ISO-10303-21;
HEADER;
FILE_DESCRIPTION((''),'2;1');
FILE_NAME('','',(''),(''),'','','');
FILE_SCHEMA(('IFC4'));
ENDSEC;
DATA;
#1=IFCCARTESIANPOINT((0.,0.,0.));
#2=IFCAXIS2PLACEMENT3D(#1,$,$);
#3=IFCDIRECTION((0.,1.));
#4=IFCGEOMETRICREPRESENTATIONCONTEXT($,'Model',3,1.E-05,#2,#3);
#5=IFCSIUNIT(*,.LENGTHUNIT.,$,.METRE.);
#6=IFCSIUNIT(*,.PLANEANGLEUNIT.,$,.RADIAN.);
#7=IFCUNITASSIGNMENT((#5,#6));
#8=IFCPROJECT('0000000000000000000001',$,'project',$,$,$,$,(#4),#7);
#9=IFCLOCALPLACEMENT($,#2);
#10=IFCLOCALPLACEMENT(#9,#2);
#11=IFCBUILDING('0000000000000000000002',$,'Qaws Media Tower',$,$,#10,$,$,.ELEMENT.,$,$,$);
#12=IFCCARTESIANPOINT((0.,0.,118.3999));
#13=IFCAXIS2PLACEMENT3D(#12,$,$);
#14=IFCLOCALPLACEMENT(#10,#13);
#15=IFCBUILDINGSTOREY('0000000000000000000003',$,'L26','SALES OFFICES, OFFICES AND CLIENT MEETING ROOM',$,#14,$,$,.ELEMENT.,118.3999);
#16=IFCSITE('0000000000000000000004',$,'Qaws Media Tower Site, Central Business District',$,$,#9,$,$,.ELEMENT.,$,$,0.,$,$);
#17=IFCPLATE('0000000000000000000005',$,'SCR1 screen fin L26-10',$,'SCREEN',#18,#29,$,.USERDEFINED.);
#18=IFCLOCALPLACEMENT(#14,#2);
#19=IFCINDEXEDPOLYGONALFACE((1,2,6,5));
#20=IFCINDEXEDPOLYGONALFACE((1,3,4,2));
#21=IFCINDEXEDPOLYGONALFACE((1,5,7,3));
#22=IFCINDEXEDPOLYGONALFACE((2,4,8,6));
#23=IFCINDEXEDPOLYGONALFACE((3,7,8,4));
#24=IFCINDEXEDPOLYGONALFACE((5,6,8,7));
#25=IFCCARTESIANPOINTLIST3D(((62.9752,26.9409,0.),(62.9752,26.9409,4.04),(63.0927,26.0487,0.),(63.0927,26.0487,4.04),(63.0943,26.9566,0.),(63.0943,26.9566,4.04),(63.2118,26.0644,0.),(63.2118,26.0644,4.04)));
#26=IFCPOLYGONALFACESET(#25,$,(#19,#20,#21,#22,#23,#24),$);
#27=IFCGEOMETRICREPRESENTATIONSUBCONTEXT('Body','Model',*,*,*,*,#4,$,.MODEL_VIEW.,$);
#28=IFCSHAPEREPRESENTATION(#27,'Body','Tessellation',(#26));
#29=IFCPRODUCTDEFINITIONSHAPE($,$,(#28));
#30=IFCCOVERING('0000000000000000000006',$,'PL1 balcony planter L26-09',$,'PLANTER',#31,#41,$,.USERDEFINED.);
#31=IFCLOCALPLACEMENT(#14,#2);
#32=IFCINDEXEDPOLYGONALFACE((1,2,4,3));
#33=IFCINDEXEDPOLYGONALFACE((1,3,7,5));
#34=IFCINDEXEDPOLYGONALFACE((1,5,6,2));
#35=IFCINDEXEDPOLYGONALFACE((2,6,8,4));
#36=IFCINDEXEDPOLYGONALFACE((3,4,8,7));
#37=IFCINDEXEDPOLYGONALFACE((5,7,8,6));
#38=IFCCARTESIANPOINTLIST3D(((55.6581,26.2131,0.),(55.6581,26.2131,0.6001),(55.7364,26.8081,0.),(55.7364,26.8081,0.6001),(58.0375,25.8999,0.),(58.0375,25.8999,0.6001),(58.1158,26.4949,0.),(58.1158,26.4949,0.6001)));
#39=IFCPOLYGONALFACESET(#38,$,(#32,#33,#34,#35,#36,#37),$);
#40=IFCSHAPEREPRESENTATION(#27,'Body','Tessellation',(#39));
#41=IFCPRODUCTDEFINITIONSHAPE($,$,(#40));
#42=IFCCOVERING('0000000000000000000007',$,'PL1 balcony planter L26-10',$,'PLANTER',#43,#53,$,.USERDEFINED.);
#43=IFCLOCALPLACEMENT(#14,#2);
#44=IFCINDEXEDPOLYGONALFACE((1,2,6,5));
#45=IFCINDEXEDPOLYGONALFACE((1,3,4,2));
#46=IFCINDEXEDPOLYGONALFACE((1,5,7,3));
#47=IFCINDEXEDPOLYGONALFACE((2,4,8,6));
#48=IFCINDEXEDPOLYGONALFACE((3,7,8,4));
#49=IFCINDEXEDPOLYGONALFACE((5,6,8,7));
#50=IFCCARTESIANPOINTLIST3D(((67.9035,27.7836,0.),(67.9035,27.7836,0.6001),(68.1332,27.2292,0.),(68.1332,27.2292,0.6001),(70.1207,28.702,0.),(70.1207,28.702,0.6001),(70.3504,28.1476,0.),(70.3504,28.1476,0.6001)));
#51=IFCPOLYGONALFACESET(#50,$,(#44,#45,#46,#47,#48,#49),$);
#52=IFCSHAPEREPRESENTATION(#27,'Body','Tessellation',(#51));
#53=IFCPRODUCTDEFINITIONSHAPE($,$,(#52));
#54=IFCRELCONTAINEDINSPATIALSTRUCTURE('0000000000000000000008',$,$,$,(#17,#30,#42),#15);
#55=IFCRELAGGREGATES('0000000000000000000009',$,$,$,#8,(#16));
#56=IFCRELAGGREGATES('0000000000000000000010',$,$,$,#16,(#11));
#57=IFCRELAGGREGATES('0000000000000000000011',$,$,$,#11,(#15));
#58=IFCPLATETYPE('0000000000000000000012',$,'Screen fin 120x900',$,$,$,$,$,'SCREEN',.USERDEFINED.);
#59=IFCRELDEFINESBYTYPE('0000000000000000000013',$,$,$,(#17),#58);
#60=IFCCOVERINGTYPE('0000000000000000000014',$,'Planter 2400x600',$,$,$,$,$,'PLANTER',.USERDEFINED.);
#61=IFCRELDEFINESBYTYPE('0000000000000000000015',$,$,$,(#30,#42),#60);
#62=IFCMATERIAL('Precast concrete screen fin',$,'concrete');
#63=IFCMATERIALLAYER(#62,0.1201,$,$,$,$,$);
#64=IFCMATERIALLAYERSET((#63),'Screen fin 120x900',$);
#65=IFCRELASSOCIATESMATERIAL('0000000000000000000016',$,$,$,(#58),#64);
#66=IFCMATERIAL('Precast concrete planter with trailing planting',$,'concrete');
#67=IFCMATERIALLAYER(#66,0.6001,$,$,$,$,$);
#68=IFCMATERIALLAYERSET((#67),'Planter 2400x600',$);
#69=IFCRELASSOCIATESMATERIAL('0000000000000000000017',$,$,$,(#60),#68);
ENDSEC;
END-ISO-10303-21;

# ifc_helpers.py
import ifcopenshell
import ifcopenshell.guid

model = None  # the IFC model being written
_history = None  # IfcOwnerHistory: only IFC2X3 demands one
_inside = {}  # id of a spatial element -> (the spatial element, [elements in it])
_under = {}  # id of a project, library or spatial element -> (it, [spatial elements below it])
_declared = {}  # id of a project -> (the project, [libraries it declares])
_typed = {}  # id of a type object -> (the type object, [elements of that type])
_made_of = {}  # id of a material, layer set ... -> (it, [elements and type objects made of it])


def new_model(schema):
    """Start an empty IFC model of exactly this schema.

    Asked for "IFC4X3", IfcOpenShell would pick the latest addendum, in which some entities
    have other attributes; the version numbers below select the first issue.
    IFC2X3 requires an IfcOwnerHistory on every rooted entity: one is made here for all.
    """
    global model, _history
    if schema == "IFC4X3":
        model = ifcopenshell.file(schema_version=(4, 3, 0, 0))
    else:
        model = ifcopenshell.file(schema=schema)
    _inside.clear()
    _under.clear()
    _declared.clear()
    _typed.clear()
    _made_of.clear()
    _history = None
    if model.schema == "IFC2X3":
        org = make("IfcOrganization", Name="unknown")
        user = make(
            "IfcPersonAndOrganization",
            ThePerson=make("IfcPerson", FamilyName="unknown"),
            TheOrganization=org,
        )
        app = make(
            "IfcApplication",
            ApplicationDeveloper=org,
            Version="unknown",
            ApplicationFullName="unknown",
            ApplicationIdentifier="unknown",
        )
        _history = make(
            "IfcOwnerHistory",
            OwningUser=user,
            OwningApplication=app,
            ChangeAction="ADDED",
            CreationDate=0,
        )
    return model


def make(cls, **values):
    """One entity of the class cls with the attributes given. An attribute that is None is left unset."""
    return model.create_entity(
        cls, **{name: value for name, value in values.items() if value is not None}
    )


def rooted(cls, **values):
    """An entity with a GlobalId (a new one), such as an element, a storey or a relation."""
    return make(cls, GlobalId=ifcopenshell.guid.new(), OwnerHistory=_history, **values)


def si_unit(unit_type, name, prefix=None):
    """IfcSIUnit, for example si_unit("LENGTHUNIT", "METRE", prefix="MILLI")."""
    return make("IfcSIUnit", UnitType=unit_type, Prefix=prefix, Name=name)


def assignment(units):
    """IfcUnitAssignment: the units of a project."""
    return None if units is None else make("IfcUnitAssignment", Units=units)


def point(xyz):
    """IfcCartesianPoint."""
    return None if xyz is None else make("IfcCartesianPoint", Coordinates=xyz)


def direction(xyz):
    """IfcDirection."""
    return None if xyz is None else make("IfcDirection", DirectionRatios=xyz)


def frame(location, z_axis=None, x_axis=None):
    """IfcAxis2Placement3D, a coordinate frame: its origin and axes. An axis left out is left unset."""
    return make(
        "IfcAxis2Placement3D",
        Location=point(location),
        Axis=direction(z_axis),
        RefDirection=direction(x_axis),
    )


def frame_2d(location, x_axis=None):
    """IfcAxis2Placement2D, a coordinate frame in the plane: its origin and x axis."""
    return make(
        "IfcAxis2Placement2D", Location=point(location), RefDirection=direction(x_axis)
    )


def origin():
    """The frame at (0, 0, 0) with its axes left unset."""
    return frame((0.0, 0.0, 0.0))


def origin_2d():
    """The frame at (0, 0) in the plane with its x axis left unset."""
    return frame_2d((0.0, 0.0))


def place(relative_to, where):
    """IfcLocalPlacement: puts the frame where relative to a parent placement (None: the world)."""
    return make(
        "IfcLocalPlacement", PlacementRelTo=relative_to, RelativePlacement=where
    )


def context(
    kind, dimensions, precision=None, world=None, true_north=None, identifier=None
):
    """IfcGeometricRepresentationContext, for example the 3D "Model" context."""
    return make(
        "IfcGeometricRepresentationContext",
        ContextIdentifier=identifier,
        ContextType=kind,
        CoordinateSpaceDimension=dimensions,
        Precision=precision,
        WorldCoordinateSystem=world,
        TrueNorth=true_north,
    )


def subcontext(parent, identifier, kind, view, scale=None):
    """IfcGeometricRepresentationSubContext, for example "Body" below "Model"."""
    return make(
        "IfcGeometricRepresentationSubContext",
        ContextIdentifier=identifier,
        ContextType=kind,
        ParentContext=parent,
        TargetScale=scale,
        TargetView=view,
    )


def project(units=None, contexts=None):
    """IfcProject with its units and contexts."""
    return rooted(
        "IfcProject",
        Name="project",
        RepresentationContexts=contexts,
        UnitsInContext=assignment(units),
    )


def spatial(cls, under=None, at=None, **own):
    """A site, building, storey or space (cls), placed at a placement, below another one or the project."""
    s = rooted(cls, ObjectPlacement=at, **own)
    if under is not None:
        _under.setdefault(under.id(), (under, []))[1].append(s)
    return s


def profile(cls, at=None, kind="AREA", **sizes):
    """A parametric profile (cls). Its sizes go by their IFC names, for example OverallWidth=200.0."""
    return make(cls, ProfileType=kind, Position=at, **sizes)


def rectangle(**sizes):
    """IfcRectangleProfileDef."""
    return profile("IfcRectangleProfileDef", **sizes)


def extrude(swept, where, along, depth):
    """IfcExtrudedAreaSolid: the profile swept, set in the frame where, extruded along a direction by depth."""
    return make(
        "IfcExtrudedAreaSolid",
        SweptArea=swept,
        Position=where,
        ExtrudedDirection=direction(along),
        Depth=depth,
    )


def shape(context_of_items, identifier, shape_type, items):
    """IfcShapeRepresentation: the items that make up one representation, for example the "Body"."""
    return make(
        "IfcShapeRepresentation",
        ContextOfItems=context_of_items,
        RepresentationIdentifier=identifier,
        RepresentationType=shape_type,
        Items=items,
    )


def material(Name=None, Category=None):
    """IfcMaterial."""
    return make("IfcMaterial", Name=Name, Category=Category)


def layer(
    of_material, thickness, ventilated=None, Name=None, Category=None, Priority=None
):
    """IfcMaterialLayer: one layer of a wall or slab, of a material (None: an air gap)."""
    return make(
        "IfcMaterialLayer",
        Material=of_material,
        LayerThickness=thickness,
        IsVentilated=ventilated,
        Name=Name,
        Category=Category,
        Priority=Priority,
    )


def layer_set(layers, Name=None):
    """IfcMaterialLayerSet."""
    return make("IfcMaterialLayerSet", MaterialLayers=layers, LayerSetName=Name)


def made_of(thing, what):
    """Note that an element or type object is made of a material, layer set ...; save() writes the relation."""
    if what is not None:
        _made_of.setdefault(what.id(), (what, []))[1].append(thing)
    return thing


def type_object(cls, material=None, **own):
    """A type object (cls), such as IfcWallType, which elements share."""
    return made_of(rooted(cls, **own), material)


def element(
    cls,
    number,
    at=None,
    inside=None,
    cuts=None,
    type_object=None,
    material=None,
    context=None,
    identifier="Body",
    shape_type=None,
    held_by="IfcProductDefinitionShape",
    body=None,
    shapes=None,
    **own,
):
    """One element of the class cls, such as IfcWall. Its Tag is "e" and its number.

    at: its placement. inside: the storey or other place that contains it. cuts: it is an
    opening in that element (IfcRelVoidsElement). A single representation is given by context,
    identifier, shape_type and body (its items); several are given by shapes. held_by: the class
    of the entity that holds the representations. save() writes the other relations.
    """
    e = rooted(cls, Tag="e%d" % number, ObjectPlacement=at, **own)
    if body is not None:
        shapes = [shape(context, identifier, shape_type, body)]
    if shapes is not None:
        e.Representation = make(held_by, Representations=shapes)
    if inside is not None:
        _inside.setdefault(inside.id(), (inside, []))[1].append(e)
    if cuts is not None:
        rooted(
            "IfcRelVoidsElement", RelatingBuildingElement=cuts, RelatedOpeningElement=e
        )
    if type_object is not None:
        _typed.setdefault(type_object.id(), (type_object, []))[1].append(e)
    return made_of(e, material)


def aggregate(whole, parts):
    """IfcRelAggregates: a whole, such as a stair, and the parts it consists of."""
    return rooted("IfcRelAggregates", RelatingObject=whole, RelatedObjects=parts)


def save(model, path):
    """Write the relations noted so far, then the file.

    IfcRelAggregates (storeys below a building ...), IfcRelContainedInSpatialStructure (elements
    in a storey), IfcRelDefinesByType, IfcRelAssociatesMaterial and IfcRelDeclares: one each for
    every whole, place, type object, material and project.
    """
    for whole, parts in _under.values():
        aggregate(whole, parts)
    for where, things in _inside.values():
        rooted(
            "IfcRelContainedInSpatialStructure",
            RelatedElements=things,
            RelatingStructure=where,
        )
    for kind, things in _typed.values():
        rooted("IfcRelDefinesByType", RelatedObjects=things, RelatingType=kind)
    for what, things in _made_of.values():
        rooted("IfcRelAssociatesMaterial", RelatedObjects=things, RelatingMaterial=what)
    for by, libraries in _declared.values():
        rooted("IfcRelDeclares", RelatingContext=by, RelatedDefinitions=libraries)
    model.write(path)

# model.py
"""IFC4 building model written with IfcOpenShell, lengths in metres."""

from ifc_helpers import new_model, si_unit, direction, frame, origin, origin_2d, place, context, subcontext, project, spatial, rectangle, extrude, material, layer, layer_set, type_object, element, save


model = new_model("IFC4")

# Units and contexts
model_context = context("Model", 3, precision=1e-05, world=origin(), true_north=direction((0.0, 1.0)))
body_context = subcontext(model_context, "Body", "Model", "MODEL_VIEW")
ifc_project = project(units=[si_unit("LENGTHUNIT", "METRE"), si_unit("PLANEANGLEUNIT", "RADIAN")], contexts=[model_context])

# Site, building, storey
site_placement = place(None, origin())
site = spatial("IfcSite", under=ifc_project, at=site_placement, Name="Qaws Media Tower Site, Central Business District", CompositionType="ELEMENT", RefElevation=0.0)
building_placement = place(site_placement, origin())
building = spatial("IfcBuilding", under=site, at=building_placement, Name="Qaws Media Tower", CompositionType="ELEMENT")
storey_placement = place(building_placement, frame((0.0, 0.0, 118.3999)))
storey = spatial("IfcBuildingStorey", under=building, at=storey_placement, Name="L26", Description="SALES OFFICES, OFFICES AND CLIENT MEETING ROOM", CompositionType="ELEMENT", Elevation=118.3999)

# Plate
ifc_material_1 = material(Name="Precast concrete screen fin", Category="concrete")
ifc_layer_1 = layer(ifc_material_1, 0.1201)
ifc_layer_set_1 = layer_set([ifc_layer_1], Name="Screen fin 120x900")
plate_type_1 = type_object("IfcPlateType", Name="Screen fin 120x900", ElementType="SCREEN", PredefinedType="USERDEFINED", material=ifc_layer_set_1)
plate_1_placement = place(storey_placement, frame((63.0935, 26.5027, 0.0), z_axis=(0.0, 0.0, 1.0), x_axis=(0.130526, -0.991445, 0.0)))
element("IfcPlate", 1, at=plate_1_placement, inside=storey, type_object=plate_type_1, Name="SCR1 screen fin L26-10", ObjectType="SCREEN", PredefinedType="USERDEFINED", context=body_context, shape_type="SweptSolid", body=[
    extrude(rectangle(XDim=0.8999, YDim=0.1201, at=origin_2d()), origin(), (0.0, 0.0, 1.0), 4.04),
])

# Coverings
ifc_material_2 = material(Name="Precast concrete planter with trailing planting", Category="concrete")
ifc_layer_2 = layer(ifc_material_2, 0.6001)
ifc_layer_set_2 = layer_set([ifc_layer_2], Name="Planter 2400x600")
covering_type = type_object("IfcCoveringType", Name="Planter 2400x600", ElementType="PLANTER", PredefinedType="USERDEFINED", material=ifc_layer_set_2)
for number, where, z_axis, x_axis, name in (
    (2, (56.887, 26.354, 0.0), (0.0, 0.0, 1.0), (0.991445, -0.130526, 0.0), "PL1 balcony planter L26-09"),
    (3, (69.127, 27.9656, 0.0), (0.0, 0.0, 1.0), (0.92388, 0.382683, 0.0), "PL1 balcony planter L26-10"),
):
    element("IfcCovering", number, at=place(storey_placement, frame(where, z_axis=z_axis, x_axis=x_axis)), inside=storey, type_object=covering_type, Name=name, ObjectType="PLANTER", PredefinedType="USERDEFINED", context=body_context, shape_type="SweptSolid", body=[
        extrude(rectangle(XDim=2.3999, YDim=0.6001, at=origin_2d()), origin(), (0.0, 0.0, 1.0), 0.6001),
    ])

save(model, "model.ifc")
